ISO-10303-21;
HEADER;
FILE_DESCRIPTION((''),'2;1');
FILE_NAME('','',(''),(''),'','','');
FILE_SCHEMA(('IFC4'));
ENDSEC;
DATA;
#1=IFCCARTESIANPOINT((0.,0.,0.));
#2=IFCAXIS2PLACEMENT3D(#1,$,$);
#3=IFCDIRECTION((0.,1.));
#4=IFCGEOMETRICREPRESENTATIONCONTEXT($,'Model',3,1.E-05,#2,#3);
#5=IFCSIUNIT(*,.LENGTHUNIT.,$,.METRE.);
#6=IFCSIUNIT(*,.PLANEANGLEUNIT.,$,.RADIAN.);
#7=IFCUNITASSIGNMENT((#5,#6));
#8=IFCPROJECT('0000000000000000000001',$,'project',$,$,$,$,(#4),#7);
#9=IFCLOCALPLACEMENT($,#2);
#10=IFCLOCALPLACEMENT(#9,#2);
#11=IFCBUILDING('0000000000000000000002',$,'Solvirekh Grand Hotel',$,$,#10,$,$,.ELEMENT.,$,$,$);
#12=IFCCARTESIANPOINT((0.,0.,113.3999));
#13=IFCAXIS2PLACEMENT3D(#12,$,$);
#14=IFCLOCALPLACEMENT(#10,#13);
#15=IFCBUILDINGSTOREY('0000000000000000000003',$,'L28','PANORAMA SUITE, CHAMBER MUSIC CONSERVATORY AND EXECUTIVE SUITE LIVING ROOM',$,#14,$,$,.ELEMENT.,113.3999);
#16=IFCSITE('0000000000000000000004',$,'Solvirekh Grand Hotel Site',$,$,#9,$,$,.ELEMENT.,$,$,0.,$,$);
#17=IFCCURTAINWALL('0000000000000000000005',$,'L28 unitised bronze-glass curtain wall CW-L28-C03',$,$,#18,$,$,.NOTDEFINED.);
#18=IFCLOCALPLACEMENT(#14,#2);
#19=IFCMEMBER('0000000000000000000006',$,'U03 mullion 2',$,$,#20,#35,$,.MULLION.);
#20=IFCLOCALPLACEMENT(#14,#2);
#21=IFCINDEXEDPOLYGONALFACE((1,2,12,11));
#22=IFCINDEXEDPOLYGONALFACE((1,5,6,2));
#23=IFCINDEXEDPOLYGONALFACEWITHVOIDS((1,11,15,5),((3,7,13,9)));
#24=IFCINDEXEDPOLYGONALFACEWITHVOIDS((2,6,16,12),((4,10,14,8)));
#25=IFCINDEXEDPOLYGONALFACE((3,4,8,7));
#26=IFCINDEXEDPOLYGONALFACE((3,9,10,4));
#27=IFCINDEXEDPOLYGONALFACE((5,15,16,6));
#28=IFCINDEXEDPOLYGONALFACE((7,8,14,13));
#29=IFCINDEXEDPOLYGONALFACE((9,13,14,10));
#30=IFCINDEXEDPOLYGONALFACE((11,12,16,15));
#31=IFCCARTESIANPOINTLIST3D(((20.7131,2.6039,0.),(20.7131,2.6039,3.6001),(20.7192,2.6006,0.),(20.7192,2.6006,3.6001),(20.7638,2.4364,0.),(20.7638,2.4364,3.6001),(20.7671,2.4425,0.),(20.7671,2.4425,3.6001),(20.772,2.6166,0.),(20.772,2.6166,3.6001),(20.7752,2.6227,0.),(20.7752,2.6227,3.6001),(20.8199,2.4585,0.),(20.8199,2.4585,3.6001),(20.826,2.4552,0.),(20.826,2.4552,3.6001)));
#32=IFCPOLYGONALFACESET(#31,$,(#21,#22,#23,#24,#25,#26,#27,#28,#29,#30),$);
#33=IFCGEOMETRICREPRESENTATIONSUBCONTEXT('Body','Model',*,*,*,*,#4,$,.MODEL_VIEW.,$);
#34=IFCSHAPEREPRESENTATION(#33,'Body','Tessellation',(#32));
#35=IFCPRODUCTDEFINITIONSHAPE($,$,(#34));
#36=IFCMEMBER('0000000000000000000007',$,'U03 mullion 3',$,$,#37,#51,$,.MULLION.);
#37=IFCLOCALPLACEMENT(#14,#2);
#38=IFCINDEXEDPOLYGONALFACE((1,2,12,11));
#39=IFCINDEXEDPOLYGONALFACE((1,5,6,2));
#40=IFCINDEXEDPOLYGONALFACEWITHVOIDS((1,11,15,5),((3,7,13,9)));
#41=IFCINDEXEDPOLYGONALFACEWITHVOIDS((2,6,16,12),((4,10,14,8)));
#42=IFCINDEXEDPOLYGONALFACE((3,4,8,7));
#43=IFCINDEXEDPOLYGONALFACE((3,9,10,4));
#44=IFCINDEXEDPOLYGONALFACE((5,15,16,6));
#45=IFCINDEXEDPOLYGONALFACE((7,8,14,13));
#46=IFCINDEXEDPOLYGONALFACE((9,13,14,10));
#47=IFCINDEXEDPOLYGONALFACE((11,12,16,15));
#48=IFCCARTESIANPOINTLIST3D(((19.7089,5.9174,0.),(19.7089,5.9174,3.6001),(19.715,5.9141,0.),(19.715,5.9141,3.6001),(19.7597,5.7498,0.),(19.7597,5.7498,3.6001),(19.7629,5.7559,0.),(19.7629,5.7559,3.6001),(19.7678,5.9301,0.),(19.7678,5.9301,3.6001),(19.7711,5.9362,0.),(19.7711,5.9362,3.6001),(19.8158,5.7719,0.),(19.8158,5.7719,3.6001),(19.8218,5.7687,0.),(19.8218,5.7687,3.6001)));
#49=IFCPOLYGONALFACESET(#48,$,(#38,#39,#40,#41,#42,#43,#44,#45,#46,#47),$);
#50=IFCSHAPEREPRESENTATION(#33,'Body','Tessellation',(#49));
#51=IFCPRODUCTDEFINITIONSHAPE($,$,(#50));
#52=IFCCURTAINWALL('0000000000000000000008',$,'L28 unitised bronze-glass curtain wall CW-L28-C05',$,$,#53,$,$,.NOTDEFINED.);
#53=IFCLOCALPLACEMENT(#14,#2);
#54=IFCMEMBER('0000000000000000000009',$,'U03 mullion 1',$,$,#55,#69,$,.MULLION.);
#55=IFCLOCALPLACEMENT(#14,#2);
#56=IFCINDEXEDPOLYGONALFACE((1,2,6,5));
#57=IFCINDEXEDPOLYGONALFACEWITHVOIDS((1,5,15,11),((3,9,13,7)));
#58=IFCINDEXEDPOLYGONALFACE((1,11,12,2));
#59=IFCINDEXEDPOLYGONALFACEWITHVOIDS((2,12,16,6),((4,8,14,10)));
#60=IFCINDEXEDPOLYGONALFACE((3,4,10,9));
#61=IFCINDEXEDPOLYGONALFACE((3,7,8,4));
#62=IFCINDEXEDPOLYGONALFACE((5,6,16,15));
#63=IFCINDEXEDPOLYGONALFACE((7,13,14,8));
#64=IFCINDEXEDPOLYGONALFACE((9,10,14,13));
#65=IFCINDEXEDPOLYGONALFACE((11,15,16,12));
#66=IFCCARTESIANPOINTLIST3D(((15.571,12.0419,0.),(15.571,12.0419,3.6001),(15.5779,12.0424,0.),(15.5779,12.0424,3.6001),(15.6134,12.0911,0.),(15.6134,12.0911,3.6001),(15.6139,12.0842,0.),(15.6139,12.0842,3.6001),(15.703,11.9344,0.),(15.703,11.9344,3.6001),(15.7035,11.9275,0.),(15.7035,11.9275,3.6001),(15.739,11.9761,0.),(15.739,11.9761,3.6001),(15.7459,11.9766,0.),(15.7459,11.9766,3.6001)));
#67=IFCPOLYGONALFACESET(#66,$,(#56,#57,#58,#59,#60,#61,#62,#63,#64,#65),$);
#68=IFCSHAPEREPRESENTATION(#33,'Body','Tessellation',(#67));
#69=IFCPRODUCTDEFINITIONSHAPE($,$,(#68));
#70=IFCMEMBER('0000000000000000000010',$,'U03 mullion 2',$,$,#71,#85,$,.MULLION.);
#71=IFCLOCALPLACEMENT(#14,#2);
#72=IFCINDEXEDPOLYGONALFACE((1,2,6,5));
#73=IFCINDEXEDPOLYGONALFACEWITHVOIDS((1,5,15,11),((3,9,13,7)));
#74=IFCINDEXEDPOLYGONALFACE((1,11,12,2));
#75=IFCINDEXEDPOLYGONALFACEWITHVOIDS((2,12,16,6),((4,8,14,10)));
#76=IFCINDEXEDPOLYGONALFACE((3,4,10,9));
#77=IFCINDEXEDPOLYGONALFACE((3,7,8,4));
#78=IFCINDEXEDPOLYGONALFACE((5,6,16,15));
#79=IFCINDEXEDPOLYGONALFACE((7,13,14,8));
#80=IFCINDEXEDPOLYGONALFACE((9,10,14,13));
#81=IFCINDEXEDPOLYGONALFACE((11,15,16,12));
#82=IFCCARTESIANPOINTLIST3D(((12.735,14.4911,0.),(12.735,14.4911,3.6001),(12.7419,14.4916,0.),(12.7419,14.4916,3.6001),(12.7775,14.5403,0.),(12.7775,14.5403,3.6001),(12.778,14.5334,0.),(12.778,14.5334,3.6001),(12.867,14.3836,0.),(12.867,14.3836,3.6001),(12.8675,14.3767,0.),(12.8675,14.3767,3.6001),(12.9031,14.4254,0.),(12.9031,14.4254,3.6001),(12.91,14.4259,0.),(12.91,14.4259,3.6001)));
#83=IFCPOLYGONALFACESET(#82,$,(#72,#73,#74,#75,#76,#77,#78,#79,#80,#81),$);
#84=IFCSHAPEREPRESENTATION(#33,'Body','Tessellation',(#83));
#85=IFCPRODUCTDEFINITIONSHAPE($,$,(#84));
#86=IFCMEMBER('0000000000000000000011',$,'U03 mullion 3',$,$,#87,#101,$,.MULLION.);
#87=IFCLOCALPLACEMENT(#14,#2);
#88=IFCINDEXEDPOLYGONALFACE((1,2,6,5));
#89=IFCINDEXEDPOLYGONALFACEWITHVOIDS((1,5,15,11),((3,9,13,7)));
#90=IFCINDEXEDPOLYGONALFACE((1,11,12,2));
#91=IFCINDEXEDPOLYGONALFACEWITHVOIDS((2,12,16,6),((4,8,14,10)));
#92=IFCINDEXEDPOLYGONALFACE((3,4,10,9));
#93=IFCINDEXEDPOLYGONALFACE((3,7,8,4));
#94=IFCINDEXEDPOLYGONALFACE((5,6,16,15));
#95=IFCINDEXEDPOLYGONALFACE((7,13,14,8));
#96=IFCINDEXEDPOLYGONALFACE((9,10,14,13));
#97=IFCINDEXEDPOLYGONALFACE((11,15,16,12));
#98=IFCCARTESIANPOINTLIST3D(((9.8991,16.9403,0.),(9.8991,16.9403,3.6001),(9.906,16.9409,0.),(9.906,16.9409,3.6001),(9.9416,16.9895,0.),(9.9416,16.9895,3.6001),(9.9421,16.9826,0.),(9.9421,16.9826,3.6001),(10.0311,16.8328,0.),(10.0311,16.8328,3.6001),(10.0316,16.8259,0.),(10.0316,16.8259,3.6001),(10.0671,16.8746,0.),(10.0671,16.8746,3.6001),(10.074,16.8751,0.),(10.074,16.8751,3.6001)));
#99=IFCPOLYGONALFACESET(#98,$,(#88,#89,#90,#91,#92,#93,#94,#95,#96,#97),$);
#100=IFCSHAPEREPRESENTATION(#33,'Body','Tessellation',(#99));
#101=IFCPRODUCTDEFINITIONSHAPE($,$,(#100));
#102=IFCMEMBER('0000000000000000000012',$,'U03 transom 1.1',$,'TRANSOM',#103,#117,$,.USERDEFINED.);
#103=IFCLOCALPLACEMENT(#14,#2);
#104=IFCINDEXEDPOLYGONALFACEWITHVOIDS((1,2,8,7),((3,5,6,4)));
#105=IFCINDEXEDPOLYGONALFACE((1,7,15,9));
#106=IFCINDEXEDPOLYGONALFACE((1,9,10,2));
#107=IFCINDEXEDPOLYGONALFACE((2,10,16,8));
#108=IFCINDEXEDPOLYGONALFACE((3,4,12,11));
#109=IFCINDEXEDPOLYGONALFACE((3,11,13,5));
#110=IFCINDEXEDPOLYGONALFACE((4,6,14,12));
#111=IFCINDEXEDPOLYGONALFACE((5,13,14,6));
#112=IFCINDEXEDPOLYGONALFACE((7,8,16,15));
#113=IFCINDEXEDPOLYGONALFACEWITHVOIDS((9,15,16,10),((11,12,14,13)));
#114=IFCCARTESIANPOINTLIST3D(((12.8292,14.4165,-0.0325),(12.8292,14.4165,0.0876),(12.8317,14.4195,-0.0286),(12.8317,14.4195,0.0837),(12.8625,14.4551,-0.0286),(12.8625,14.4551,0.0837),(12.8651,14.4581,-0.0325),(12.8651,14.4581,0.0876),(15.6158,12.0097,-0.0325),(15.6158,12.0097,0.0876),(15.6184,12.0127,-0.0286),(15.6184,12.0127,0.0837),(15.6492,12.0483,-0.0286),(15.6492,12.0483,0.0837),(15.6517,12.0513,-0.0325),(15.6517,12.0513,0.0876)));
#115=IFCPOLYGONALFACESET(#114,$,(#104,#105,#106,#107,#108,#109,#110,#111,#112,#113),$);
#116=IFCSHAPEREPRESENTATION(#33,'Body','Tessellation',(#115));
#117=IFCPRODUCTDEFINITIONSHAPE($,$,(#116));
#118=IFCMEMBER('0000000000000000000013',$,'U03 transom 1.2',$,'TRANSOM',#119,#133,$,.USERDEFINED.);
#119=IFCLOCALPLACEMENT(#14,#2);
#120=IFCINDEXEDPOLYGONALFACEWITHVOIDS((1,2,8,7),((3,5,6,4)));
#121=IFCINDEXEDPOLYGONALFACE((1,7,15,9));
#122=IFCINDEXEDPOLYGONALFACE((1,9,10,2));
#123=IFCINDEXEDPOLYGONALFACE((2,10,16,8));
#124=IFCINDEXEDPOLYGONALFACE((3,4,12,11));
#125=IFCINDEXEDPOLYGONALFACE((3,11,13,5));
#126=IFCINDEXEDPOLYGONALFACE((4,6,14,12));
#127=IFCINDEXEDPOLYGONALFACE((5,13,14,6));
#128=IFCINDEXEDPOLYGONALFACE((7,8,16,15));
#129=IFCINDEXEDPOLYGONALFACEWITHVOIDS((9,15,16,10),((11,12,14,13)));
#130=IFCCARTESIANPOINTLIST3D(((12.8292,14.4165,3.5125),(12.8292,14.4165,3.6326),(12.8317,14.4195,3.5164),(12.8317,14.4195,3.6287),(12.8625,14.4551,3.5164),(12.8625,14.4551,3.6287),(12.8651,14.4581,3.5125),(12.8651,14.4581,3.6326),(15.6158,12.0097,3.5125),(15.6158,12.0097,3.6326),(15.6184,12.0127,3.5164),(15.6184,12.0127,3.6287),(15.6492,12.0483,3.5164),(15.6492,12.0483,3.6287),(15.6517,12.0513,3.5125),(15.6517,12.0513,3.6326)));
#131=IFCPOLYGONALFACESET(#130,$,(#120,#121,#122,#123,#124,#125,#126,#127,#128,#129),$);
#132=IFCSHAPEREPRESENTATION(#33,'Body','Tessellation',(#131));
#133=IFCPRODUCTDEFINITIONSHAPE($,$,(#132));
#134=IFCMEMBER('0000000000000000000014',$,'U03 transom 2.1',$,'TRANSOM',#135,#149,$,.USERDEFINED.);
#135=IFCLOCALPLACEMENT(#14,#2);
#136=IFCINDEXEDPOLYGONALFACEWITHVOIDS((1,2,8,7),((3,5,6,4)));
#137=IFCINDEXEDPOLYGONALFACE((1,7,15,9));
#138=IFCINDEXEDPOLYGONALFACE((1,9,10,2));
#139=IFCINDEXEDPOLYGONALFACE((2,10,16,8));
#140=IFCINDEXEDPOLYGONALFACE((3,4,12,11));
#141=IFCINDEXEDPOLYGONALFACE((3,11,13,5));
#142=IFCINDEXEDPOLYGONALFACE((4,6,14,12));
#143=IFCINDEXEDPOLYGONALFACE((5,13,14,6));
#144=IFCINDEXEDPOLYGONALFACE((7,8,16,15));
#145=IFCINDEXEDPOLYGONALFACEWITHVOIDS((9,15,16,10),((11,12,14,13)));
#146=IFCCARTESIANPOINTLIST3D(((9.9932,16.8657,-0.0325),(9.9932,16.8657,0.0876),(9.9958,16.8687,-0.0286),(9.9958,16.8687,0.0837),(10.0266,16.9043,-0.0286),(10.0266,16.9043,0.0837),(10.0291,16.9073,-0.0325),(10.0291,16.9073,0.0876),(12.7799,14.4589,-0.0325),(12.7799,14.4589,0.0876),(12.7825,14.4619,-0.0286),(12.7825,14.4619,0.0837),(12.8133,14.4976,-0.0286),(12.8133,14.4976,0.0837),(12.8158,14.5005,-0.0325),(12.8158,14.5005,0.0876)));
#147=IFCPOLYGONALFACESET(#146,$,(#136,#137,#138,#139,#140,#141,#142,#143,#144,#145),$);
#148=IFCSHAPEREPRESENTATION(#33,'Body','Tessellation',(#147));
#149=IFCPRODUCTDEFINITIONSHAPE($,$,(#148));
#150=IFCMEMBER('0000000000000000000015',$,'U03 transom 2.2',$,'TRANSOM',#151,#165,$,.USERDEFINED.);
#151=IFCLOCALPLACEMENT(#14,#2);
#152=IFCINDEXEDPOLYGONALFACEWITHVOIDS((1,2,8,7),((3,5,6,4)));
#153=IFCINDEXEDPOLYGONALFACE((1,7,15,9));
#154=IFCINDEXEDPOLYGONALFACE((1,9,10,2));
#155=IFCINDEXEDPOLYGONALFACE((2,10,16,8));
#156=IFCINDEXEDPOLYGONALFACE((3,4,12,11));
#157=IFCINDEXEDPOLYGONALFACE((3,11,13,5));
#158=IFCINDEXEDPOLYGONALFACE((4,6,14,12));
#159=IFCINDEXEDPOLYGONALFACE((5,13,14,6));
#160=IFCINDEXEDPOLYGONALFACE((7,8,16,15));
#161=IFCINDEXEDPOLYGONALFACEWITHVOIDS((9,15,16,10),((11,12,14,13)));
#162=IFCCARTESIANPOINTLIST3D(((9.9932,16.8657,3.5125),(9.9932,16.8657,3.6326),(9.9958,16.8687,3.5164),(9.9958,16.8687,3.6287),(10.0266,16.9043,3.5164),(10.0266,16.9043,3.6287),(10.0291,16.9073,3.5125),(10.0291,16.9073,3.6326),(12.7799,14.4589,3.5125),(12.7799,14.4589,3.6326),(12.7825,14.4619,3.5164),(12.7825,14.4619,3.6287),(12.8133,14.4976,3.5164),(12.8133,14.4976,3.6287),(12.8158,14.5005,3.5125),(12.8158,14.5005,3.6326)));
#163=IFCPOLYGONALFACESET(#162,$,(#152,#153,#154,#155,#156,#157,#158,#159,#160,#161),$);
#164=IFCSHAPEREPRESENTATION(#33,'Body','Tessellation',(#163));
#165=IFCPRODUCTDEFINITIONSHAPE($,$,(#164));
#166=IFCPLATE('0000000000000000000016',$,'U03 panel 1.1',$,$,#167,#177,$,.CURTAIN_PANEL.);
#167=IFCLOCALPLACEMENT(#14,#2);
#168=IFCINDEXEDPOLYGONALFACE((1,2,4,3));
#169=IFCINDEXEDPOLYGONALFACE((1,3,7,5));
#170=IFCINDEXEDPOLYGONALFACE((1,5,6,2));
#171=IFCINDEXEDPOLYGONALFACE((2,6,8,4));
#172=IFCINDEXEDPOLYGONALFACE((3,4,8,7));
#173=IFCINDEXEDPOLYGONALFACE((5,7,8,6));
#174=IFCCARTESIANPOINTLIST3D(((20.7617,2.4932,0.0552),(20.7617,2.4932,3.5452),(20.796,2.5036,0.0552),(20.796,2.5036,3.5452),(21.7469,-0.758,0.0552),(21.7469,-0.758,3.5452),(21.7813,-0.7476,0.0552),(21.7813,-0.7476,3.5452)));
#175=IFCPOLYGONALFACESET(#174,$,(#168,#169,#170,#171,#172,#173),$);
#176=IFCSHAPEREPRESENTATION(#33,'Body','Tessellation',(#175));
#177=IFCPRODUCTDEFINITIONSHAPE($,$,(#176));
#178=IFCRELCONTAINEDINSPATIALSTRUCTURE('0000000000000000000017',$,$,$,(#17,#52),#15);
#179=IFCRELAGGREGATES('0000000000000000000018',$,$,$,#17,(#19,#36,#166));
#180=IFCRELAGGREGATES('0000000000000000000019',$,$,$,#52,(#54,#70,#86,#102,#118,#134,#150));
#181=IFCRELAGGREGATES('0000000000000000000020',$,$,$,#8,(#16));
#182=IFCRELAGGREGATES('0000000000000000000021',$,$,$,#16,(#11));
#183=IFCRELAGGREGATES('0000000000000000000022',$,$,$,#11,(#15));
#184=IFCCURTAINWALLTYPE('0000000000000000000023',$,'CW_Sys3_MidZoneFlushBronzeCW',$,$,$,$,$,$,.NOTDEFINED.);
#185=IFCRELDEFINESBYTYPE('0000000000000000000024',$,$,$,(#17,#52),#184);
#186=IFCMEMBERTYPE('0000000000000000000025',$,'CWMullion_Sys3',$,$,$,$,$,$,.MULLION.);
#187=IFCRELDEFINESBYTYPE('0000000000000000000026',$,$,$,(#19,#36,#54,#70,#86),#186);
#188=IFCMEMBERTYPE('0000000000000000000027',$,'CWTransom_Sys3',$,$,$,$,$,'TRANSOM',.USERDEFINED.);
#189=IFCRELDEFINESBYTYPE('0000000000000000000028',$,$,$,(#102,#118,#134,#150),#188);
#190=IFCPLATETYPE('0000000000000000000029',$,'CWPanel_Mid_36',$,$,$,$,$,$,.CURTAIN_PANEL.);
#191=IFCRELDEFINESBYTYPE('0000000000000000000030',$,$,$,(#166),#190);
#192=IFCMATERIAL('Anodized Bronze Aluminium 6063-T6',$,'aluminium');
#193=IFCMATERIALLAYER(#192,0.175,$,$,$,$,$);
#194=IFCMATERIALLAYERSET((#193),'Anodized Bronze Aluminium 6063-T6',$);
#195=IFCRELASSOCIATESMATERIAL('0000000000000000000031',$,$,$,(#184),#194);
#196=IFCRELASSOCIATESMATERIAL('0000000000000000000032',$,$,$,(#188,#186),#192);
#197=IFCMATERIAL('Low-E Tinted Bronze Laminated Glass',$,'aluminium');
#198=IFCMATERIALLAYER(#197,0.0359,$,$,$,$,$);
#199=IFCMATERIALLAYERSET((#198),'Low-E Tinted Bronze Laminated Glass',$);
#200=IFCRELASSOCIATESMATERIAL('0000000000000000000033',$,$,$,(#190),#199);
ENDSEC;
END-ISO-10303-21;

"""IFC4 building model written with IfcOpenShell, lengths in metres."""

from ifc_helpers import new_model, si_unit, direction, frame, origin, origin_2d, place, context, subcontext, project, spatial, rectangle, hollow_rectangle, extrude, source, transform, mapped, material, layer, layer_set, material_profile, profile_set, type_object, element, aggregate, save


model = new_model("IFC4")

# Units and contexts
model_context = context("Model", 3, precision=1e-05, world=origin(), true_north=direction((0.0, 1.0)))
body_context = subcontext(model_context, "Body", "Model", "MODEL_VIEW")
ifc_project = project(units=[si_unit("LENGTHUNIT", "METRE"), si_unit("PLANEANGLEUNIT", "RADIAN")], contexts=[model_context])

# Site, building, storey
site_placement = place(None, origin())
site = spatial("IfcSite", under=ifc_project, at=site_placement, Name="Solvirekh Grand Hotel Site", CompositionType="ELEMENT", RefElevation=0.0)
building_placement = place(site_placement, origin())
building = spatial("IfcBuilding", under=site, at=building_placement, Name="Solvirekh Grand Hotel", CompositionType="ELEMENT")
storey_placement = place(building_placement, frame((0.0, 0.0, 113.3999)))
storey = spatial("IfcBuildingStorey", under=building, at=storey_placement, Name="L28", Description="PANORAMA SUITE, CHAMBER MUSIC CONSERVATORY AND EXECUTIVE SUITE LIVING ROOM", CompositionType="ELEMENT", Elevation=113.3999)

# Curtain walls, members
ifc_material_1 = material(Name="Anodized Bronze Aluminium 6063-T6", Category="aluminium")
ifc_layer_1 = layer(ifc_material_1, 0.175)
ifc_layer_set_1 = layer_set([ifc_layer_1], Name="Anodized Bronze Aluminium 6063-T6")
curtain_wall_type = type_object("IfcCurtainWallType", Name="CW_Sys3_MidZoneFlushBronzeCW", PredefinedType="NOTDEFINED", material=ifc_layer_set_1)
curtain_wall_1_placement = place(storey_placement, origin())
curtain_wall_1 = element("IfcCurtainWall", 1, at=curtain_wall_1_placement, inside=storey, type_object=curtain_wall_type, Name="L28 unitised bronze-glass curtain wall CW-L28-C03", PredefinedType="NOTDEFINED")
ifc_material_profile_1 = material_profile(ifc_material_1, hollow_rectangle(XDim=0.0549, YDim=0.1201, WallThickness=0.0039, at=origin_2d()), Name="ALU RHS 120X55X4")
ifc_profile_set_1 = profile_set([ifc_material_profile_1], Name="Anodized Bronze Aluminium 6063-T6")
member_type_1 = type_object("IfcMemberType", Name="CWTransom_Sys3", ElementType="TRANSOM", PredefinedType="USERDEFINED", material=ifc_profile_set_1)
ifc_material_profile_2 = material_profile(ifc_material_1, hollow_rectangle(XDim=0.0649, YDim=0.175, WallThickness=0.0049, at=origin_2d()), Name="ALU RHS 175X65X5")
ifc_profile_set_2 = profile_set([ifc_material_profile_2], Name="Anodized Bronze Aluminium 6063-T6")
member_type_2 = type_object("IfcMemberType", Name="CWMullion_Sys3", PredefinedType="MULLION", material=ifc_profile_set_2)
shared_shape_1 = source(origin(), body_context, "Body", "SweptSolid", [
    extrude(hollow_rectangle(XDim=0.0649, YDim=0.175, WallThickness=0.0049, at=origin_2d()), origin(), (0.0, 0.0, 1.0), 3.6001),
])
member_1_placement = place(storey_placement, frame((20.7695, 2.5295, 0.0), z_axis=(0.0, 0.0, 1.0), x_axis=(-0.957023, -0.290011, 0.0)))
member_1 = element("IfcMember", 2, at=member_1_placement, type_object=member_type_2, Name="U03 mullion 2", PredefinedType="MULLION", context=body_context, shape_type="MappedRepresentation", body=[
    mapped(shared_shape_1, transform((0.0, 0.0, 0.0), x_axis=(1.0, 0.0, 0.0), y_axis=(0.0, 1.0, 0.0), z_axis=(0.0, 0.0, 1.0), scale=1.0)),
])
member_2_placement = place(storey_placement, frame((19.7654, 5.843, 0.0), z_axis=(0.0, 0.0, 1.0), x_axis=(-0.957023, -0.290011, 0.0)))
member_2 = element("IfcMember", 3, at=member_2_placement, type_object=member_type_2, Name="U03 mullion 3", PredefinedType="MULLION", context=body_context, shape_type="MappedRepresentation", body=[
    mapped(shared_shape_1, transform((0.0, 0.0, 0.0), x_axis=(1.0, 0.0, 0.0), y_axis=(0.0, 1.0, 0.0), z_axis=(0.0, 0.0, 1.0), scale=1.0)),
])
curtain_wall_2_placement = place(storey_placement, origin())
curtain_wall_2 = element("IfcCurtainWall", 4, at=curtain_wall_2_placement, inside=storey, type_object=curtain_wall_type, Name="L28 unitised bronze-glass curtain wall CW-L28-C05", PredefinedType="NOTDEFINED")
member_3_placement = place(storey_placement, frame((15.6584, 12.0093, 0.0), z_axis=(0.0, 0.0, 1.0), x_axis=(-0.65363, -0.756814, 0.0)))
member_3 = element("IfcMember", 5, at=member_3_placement, type_object=member_type_2, Name="U03 mullion 1", PredefinedType="MULLION", context=body_context, shape_type="MappedRepresentation", body=[
    mapped(shared_shape_1, transform((0.0, 0.0, 0.0), x_axis=(1.0, 0.0, 0.0), y_axis=(0.0, 1.0, 0.0), z_axis=(0.0, 0.0, 1.0), scale=1.0)),
])
member_4_placement = place(storey_placement, frame((12.8225, 14.4585, 0.0), z_axis=(0.0, 0.0, 1.0), x_axis=(-0.65363, -0.756814, 0.0)))
member_4 = element("IfcMember", 6, at=member_4_placement, type_object=member_type_2, Name="U03 mullion 2", PredefinedType="MULLION", context=body_context, shape_type="MappedRepresentation", body=[
    mapped(shared_shape_1, transform((0.0, 0.0, 0.0), x_axis=(1.0, 0.0, 0.0), y_axis=(0.0, 1.0, 0.0), z_axis=(0.0, 0.0, 1.0), scale=1.0)),
])
member_5_placement = place(storey_placement, frame((9.9866, 16.9077, 0.0), z_axis=(0.0, 0.0, 1.0), x_axis=(-0.65363, -0.756814, 0.0)))
member_5 = element("IfcMember", 7, at=member_5_placement, type_object=member_type_2, Name="U03 mullion 3", PredefinedType="MULLION", context=body_context, shape_type="MappedRepresentation", body=[
    mapped(shared_shape_1, transform((0.0, 0.0, 0.0), x_axis=(1.0, 0.0, 0.0), y_axis=(0.0, 1.0, 0.0), z_axis=(0.0, 0.0, 1.0), scale=1.0)),
])
shared_shape_2 = source(origin(), body_context, "Body", "SweptSolid", [
    extrude(hollow_rectangle(XDim=0.0549, YDim=0.1201, WallThickness=0.0039, at=origin_2d()), origin(), (0.0, 0.0, 1.0), 3.6821),
])
member_6_placement = place(storey_placement, frame((15.6338, 12.0305, 0.0276), z_axis=(-0.756808, 0.653637, 0.0), x_axis=(-0.653637, -0.756808, 0.0)))
member_6 = element("IfcMember", 8, at=member_6_placement, type_object=member_type_1, Name="U03 transom 1.1", ObjectType="TRANSOM", PredefinedType="USERDEFINED", context=body_context, shape_type="MappedRepresentation", body=[
    mapped(shared_shape_2, transform((0.0, 0.0, 0.0), x_axis=(1.0, 0.0, 0.0), y_axis=(0.0, 1.0, 0.0), z_axis=(0.0, 0.0, 1.0), scale=1.0)),
])
member_7_placement = place(storey_placement, frame((15.6338, 12.0305, 3.5725), z_axis=(-0.756808, 0.653637, 0.0), x_axis=(-0.653637, -0.756808, 0.0)))
member_7 = element("IfcMember", 9, at=member_7_placement, type_object=member_type_1, Name="U03 transom 1.2", ObjectType="TRANSOM", PredefinedType="USERDEFINED", context=body_context, shape_type="MappedRepresentation", body=[
    mapped(shared_shape_2, transform((0.0, 0.0, 0.0), x_axis=(1.0, 0.0, 0.0), y_axis=(0.0, 1.0, 0.0), z_axis=(0.0, 0.0, 1.0), scale=1.0)),
])
member_8_placement = place(storey_placement, frame((12.7979, 14.4797, 0.0276), z_axis=(-0.756808, 0.653637, 0.0), x_axis=(-0.653637, -0.756808, 0.0)))
member_8 = element("IfcMember", 10, at=member_8_placement, type_object=member_type_1, Name="U03 transom 2.1", ObjectType="TRANSOM", PredefinedType="USERDEFINED", context=body_context, shape_type="MappedRepresentation", body=[
    mapped(shared_shape_2, transform((0.0, 0.0, 0.0), x_axis=(1.0, 0.0, 0.0), y_axis=(0.0, 1.0, 0.0), z_axis=(0.0, 0.0, 1.0), scale=1.0)),
])
member_9_placement = place(storey_placement, frame((12.7979, 14.4797, 3.5725), z_axis=(-0.756808, 0.653637, 0.0), x_axis=(-0.653637, -0.756808, 0.0)))
member_9 = element("IfcMember", 11, at=member_9_placement, type_object=member_type_1, Name="U03 transom 2.2", ObjectType="TRANSOM", PredefinedType="USERDEFINED", context=body_context, shape_type="MappedRepresentation", body=[
    mapped(shared_shape_2, transform((0.0, 0.0, 0.0), x_axis=(1.0, 0.0, 0.0), y_axis=(0.0, 1.0, 0.0), z_axis=(0.0, 0.0, 1.0), scale=1.0)),
])

# Plate
ifc_material_2 = material(Name="Low-E Tinted Bronze Laminated Glass", Category="aluminium")
ifc_layer_2 = layer(ifc_material_2, 0.0359)
ifc_layer_set_2 = layer_set([ifc_layer_2], Name="Low-E Tinted Bronze Laminated Glass")
plate_type = type_object("IfcPlateType", Name="CWPanel_Mid_36", PredefinedType="CURTAIN_PANEL", material=ifc_layer_set_2)
shared_shape_3 = source(origin(), body_context, "Body", "SweptSolid", [
    extrude(rectangle(XDim=3.3972, YDim=0.0359, at=origin_2d()), origin(), (0.0, 0.0, 1.0), 3.49),
])
plate_1_placement = place(storey_placement, frame((21.2715, 0.8728, 0.0552), z_axis=(0.0, 0.0, 1.0), x_axis=(-0.290011, 0.957023, 0.0)))
plate_1 = element("IfcPlate", 12, at=plate_1_placement, type_object=plate_type, Name="U03 panel 1.1", PredefinedType="CURTAIN_PANEL", context=body_context, shape_type="MappedRepresentation", body=[
    mapped(shared_shape_3, transform((0.0, 0.0, 0.0), x_axis=(1.0, 0.0, 0.0), y_axis=(0.0, 1.0, 0.0), z_axis=(0.0, 0.0, 1.0), scale=1.0)),
])
aggregate(curtain_wall_1, [member_1, member_2, plate_1])
aggregate(curtain_wall_2, [member_3, member_4, member_5, member_6, member_7, member_8, member_9])

save(model, "model.ifc")
